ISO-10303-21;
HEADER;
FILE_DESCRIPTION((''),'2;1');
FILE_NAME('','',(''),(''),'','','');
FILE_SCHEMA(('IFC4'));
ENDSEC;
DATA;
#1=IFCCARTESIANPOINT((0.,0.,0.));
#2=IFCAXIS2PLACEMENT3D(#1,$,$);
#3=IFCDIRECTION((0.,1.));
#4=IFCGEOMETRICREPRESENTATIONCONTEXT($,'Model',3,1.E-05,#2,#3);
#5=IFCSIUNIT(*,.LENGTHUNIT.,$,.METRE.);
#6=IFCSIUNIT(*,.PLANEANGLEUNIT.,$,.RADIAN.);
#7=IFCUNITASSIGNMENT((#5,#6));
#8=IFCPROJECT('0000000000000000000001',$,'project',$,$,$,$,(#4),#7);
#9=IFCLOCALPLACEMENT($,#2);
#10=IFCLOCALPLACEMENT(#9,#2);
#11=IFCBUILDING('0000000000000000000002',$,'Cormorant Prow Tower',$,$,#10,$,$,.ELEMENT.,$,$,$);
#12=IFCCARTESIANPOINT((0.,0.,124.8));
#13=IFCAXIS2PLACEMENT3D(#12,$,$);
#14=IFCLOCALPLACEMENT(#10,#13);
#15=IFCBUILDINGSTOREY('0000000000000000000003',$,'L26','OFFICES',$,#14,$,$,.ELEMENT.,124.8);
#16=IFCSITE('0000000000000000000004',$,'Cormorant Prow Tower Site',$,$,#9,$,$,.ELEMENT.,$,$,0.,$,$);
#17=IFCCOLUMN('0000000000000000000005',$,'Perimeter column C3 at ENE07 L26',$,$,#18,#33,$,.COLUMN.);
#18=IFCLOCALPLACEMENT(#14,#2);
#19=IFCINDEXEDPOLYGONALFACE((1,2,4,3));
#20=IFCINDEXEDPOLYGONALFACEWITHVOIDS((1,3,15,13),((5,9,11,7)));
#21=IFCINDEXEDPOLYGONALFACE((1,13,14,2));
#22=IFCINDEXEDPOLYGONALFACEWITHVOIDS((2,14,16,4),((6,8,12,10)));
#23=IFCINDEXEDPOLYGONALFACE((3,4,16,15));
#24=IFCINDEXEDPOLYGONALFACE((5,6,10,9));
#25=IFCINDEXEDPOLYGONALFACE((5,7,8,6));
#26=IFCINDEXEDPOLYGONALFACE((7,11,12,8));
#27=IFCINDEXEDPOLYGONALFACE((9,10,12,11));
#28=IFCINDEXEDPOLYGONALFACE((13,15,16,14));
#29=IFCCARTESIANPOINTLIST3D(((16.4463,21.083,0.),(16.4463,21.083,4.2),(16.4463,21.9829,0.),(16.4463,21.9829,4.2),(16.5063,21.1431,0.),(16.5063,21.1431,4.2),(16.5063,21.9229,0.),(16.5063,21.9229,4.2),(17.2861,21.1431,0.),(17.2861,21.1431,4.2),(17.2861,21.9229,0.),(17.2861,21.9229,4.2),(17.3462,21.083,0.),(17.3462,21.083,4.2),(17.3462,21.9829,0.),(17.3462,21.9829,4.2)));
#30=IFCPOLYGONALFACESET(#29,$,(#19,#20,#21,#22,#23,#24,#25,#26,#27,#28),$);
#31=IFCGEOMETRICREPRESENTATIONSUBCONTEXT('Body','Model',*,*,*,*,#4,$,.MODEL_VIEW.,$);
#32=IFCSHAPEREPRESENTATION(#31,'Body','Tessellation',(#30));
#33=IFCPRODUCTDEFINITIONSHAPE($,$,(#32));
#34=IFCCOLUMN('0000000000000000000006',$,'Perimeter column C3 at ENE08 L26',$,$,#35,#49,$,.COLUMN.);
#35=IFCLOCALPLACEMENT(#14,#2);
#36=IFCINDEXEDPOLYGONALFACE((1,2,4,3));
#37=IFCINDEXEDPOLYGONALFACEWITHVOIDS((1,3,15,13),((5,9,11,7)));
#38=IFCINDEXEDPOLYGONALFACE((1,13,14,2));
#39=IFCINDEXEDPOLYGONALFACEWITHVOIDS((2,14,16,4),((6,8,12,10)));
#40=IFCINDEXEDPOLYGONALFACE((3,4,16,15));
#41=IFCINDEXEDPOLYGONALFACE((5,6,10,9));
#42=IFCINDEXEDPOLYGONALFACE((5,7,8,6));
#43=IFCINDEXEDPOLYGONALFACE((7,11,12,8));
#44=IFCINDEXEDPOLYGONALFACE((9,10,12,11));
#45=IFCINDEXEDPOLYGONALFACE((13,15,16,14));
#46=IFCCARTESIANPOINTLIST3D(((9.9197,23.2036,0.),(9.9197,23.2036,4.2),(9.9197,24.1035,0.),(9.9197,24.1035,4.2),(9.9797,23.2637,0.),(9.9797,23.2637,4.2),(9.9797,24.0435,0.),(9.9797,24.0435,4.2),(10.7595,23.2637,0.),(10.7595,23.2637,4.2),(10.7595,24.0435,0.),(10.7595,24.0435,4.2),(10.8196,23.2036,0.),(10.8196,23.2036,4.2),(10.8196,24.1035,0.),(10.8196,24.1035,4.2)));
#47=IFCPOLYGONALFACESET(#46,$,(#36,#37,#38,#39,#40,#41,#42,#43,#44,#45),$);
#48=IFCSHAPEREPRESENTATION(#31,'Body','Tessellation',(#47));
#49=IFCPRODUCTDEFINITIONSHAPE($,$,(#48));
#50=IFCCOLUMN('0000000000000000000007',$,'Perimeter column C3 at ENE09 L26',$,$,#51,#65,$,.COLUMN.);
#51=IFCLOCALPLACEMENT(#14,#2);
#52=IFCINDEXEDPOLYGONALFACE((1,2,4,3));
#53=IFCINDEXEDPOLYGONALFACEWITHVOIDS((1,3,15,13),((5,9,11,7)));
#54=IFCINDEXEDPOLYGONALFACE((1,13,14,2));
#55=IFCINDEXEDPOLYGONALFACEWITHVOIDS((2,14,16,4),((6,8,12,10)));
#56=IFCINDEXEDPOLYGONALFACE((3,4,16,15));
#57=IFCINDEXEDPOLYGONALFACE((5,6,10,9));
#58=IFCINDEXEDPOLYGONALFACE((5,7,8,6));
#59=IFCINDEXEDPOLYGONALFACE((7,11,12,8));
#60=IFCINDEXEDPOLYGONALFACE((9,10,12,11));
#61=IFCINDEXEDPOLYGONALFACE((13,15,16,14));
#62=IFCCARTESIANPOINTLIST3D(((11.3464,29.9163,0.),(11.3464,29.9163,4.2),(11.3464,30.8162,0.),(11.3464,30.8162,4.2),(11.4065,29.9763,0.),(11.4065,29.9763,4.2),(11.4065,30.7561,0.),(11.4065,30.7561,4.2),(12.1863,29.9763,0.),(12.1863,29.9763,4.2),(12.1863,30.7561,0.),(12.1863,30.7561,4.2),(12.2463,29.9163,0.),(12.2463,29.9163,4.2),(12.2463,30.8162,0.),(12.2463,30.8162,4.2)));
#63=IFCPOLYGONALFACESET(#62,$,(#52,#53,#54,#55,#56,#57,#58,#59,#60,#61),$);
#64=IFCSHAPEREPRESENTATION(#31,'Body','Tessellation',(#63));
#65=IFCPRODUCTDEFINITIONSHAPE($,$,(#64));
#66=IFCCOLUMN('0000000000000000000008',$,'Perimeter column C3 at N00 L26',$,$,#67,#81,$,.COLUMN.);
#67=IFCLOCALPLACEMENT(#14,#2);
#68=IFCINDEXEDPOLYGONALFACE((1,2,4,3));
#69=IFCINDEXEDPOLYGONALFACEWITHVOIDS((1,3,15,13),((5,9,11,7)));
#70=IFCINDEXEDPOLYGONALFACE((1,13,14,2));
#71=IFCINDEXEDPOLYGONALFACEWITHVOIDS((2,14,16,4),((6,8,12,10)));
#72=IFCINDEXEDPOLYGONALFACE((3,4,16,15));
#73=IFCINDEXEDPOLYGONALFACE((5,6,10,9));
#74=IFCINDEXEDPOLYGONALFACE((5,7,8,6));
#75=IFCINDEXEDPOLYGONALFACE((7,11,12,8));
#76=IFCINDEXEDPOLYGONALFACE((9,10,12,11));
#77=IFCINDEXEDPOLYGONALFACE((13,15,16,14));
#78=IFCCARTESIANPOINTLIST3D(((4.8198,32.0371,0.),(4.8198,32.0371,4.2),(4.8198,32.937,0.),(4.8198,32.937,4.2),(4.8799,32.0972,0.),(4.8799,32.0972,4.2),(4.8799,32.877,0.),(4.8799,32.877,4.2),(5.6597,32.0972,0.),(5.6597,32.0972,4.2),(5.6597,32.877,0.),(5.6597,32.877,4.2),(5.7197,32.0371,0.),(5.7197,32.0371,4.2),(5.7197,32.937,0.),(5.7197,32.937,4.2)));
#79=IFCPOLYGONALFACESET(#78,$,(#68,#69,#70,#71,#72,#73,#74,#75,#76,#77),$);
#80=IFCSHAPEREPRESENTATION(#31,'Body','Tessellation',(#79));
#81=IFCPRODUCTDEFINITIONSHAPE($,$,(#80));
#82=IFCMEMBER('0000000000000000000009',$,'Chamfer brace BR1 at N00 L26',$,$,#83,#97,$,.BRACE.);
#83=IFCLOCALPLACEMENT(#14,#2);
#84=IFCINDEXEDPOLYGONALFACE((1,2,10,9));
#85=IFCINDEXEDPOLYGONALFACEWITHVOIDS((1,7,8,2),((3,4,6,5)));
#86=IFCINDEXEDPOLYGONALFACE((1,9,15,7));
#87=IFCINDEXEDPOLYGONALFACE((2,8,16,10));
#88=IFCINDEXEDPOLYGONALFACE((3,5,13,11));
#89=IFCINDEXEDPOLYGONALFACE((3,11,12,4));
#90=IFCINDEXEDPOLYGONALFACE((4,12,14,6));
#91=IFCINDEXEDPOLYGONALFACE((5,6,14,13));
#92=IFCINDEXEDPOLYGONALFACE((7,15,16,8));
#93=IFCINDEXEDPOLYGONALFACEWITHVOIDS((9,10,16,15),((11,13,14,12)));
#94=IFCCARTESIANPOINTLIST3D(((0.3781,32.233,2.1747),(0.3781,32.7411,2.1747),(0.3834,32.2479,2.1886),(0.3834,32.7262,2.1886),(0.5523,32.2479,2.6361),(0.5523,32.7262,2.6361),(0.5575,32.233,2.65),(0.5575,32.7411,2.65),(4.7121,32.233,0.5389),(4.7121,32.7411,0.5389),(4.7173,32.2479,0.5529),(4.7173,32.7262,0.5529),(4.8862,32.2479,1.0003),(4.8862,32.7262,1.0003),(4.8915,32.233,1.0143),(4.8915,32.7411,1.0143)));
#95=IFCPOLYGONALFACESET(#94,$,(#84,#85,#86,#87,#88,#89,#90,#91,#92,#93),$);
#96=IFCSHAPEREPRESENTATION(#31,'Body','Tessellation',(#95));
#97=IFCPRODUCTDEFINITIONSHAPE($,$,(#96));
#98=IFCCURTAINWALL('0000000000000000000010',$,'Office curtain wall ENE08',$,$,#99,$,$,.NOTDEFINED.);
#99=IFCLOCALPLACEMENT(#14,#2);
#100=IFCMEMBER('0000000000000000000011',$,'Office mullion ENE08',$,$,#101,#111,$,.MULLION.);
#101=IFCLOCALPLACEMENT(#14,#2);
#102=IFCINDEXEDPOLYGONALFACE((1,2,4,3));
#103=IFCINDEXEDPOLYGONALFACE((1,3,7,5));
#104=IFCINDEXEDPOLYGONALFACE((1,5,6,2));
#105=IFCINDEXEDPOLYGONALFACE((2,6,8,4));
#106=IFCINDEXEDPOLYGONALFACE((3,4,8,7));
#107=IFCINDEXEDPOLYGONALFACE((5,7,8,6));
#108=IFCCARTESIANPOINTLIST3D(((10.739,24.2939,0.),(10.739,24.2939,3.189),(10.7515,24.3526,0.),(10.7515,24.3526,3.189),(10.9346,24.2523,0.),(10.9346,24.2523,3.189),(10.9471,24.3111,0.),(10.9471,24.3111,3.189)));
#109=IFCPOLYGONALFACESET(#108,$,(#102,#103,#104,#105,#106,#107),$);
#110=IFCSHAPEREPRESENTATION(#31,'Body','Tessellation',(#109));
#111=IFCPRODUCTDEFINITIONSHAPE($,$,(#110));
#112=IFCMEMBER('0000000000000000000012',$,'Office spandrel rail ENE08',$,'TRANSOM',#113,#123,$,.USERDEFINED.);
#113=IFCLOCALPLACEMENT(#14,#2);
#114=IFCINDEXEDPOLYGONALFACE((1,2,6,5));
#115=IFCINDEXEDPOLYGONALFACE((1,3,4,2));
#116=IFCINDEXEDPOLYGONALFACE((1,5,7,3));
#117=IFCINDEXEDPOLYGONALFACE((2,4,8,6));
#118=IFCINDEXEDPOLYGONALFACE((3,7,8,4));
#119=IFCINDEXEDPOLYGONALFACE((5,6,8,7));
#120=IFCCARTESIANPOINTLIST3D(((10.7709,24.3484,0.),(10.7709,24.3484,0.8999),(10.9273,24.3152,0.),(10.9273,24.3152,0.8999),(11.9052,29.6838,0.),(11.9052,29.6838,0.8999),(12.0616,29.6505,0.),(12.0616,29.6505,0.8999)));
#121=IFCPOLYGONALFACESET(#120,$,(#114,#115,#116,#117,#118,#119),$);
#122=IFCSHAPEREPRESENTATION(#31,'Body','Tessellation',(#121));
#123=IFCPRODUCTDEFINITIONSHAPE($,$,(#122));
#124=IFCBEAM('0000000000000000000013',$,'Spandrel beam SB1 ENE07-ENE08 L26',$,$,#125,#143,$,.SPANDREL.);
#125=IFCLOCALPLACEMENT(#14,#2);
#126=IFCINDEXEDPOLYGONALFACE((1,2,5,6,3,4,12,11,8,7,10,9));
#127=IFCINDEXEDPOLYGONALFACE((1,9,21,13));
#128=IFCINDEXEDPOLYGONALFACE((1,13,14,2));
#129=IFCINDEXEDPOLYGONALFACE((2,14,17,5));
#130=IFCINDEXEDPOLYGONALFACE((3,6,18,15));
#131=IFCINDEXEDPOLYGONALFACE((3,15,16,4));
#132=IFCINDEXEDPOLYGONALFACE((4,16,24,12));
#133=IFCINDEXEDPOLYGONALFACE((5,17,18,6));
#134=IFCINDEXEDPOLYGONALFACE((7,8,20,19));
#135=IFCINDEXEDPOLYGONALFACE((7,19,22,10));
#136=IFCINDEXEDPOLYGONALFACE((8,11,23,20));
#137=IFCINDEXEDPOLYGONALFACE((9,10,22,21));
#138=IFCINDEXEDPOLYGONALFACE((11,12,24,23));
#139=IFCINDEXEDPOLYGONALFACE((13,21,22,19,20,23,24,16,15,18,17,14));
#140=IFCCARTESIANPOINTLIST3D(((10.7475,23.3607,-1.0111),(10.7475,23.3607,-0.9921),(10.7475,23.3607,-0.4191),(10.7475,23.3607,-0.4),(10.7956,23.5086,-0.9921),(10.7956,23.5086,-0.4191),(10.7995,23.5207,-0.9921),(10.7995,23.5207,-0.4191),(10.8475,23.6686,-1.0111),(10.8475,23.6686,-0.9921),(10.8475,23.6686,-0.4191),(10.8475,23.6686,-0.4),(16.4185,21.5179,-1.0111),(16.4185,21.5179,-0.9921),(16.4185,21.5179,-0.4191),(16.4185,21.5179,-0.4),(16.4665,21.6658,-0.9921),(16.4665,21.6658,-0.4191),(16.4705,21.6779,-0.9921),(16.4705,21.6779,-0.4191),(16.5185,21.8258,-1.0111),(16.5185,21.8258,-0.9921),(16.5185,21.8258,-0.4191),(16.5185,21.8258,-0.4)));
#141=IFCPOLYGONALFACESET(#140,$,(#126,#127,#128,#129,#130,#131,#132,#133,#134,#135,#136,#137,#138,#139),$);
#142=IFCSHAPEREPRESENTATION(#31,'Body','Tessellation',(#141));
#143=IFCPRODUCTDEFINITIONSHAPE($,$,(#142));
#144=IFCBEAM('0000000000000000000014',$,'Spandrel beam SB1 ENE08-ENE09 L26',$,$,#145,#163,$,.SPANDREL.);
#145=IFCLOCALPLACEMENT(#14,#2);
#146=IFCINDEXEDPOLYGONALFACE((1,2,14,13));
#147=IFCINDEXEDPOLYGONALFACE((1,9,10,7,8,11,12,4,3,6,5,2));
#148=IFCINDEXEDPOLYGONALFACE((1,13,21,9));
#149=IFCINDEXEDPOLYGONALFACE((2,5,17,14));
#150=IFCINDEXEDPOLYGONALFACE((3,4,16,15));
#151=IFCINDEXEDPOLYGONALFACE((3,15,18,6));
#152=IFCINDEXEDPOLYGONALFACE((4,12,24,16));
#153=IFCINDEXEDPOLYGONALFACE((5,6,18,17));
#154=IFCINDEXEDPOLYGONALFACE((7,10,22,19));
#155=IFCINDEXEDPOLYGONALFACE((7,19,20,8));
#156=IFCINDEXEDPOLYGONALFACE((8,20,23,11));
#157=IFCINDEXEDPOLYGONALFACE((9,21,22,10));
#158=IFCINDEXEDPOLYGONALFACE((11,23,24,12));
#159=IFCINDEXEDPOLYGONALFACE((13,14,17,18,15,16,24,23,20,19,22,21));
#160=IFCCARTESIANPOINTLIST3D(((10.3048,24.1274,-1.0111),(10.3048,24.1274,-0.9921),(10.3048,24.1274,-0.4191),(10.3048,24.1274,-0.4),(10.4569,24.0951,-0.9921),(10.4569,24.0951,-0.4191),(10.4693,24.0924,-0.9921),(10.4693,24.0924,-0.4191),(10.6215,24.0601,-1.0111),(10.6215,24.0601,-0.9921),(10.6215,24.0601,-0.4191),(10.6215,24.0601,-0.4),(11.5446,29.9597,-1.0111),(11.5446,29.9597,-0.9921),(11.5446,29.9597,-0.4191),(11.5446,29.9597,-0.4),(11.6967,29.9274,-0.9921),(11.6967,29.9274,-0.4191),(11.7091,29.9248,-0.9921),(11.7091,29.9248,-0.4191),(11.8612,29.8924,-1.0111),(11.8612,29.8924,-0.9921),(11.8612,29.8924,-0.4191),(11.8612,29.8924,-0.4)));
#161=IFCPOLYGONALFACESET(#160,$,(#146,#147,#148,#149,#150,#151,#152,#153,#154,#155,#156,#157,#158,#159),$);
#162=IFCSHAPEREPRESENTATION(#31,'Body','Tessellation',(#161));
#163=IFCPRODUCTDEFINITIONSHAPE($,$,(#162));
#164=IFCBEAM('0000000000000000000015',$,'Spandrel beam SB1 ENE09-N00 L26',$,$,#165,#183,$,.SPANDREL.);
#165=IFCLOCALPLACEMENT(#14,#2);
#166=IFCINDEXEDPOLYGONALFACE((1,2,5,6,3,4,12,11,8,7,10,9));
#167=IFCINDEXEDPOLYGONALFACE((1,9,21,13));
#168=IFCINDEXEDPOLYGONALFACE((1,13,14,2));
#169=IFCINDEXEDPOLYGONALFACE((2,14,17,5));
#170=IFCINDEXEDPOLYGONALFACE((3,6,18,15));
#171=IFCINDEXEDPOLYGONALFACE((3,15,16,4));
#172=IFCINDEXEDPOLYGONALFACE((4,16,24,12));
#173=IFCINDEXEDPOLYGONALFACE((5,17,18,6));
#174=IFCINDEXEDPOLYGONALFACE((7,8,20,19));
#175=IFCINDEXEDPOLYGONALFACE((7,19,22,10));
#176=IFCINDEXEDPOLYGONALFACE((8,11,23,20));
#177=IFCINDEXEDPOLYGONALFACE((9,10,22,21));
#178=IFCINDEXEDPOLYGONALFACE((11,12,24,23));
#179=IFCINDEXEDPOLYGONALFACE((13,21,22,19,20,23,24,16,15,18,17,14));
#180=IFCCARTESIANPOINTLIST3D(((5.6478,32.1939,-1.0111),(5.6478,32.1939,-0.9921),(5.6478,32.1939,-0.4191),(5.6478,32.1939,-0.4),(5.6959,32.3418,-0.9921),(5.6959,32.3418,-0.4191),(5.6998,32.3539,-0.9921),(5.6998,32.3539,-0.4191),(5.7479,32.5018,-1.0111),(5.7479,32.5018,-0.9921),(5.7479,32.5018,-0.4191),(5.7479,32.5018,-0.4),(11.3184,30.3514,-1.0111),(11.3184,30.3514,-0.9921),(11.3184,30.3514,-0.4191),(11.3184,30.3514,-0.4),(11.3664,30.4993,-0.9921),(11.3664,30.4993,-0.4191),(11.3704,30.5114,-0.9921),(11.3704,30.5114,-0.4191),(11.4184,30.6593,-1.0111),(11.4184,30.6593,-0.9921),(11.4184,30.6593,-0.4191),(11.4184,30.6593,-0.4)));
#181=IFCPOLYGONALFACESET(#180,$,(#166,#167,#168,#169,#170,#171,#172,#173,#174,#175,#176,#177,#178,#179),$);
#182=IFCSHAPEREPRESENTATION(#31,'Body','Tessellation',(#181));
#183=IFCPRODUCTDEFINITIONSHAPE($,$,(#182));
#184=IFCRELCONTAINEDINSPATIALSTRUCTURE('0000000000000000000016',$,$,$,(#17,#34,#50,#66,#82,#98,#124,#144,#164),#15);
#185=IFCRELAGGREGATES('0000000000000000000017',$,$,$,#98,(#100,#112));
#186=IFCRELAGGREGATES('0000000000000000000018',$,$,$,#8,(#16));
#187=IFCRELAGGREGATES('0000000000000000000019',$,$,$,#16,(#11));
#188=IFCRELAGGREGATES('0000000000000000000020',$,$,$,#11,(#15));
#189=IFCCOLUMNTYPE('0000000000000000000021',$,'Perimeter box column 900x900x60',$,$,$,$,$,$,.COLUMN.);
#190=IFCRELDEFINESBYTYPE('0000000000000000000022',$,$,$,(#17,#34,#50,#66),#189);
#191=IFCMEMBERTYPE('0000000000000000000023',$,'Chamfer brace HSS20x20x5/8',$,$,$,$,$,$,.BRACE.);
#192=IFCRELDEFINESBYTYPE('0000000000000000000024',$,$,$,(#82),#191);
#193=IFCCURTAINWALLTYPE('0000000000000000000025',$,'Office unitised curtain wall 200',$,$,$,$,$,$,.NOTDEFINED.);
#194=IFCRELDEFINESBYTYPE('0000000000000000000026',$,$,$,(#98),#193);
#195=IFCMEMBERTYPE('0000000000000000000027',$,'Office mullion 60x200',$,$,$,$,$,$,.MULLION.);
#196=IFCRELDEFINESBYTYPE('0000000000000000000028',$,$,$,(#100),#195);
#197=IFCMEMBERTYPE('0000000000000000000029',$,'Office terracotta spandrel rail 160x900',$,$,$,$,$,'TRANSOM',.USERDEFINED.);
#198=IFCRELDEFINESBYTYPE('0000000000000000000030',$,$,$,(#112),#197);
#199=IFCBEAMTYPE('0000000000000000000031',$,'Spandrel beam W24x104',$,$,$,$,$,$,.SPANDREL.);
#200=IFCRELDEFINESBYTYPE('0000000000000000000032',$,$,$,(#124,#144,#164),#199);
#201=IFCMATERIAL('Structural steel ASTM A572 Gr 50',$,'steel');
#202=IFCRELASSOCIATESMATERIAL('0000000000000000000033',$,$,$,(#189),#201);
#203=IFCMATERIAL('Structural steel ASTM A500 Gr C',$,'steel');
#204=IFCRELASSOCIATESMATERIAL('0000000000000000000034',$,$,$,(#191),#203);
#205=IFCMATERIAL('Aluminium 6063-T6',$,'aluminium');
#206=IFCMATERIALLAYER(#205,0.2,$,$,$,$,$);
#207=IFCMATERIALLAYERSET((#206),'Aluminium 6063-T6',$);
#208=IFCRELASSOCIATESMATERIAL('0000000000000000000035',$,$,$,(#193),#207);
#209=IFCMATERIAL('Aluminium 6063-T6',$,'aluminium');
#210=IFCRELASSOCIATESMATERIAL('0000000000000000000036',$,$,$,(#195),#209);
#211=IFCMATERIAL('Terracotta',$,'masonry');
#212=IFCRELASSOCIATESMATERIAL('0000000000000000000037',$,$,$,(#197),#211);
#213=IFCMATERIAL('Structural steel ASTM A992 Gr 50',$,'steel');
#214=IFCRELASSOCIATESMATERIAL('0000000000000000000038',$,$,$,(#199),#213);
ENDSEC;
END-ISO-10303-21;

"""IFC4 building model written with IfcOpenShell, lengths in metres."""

from ifc_helpers import new_model, si_unit, direction, frame, origin, origin_2d, place, context, subcontext, project, spatial, rectangle, hollow_rectangle, i_section, extrude, material, layer, layer_set, material_profile, profile_set, type_object, element, aggregate, save


model = new_model("IFC4")

# Units and contexts
model_context = context("Model", 3, precision=1e-05, world=origin(), true_north=direction((0.0, 1.0)))
body_context = subcontext(model_context, "Body", "Model", "MODEL_VIEW")
ifc_project = project(units=[si_unit("LENGTHUNIT", "METRE"), si_unit("PLANEANGLEUNIT", "RADIAN")], contexts=[model_context])

# Site, building, storey
site_placement = place(None, origin())
site = spatial("IfcSite", under=ifc_project, at=site_placement, Name="Cormorant Prow Tower Site", CompositionType="ELEMENT", RefElevation=0.0)
building_placement = place(site_placement, origin())
building = spatial("IfcBuilding", under=site, at=building_placement, Name="Cormorant Prow Tower", CompositionType="ELEMENT")
storey_placement = place(building_placement, frame((0.0, 0.0, 124.8)))
storey = spatial("IfcBuildingStorey", under=building, at=storey_placement, Name="L26", Description="OFFICES", CompositionType="ELEMENT", Elevation=124.8)

# Columns
ifc_material_1 = material(Name="Structural steel ASTM A572 Gr 50", Category="steel")
ifc_material_profile_1 = material_profile(ifc_material_1, hollow_rectangle(XDim=0.8999, YDim=0.8999, WallThickness=0.0601, at=origin_2d()), Name="Box 900x900x60")
ifc_profile_set_1 = profile_set([ifc_material_profile_1], Name="Structural steel ASTM A572 Gr 50")
column_type = type_object("IfcColumnType", Name="Perimeter box column 900x900x60", PredefinedType="COLUMN", material=ifc_profile_set_1)
for number, where, z_axis, x_axis, name in (
    (1, (16.8962, 21.533, 0.0), (0.0, 0.0, 1.0), (1.0, 0.0, 0.0), "Perimeter column C3 at ENE07 L26"),
    (2, (10.3696, 23.6536, 0.0), (0.0, 0.0, 1.0), (1.0, 0.0, 0.0), "Perimeter column C3 at ENE08 L26"),
    (3, (11.7964, 30.3662, 0.0), (0.0, 0.0, 1.0), (1.0, 0.0, 0.0), "Perimeter column C3 at ENE09 L26"),
    (4, (5.2698, 32.4871, 0.0), (0.0, 0.0, 1.0), (1.0, 0.0, 0.0), "Perimeter column C3 at N00 L26"),
):
    element("IfcColumn", number, at=place(storey_placement, frame(where, z_axis=z_axis, x_axis=x_axis)), inside=storey, type_object=column_type, Name=name, PredefinedType="COLUMN", context=body_context, shape_type="SweptSolid", body=[
        extrude(hollow_rectangle(XDim=0.8999, YDim=0.8999, WallThickness=0.0601, at=origin_2d()), origin(), (0.0, 0.0, 1.0), 4.2),
    ])

# Member
ifc_material_2 = material(Name="Structural steel ASTM A500 Gr C", Category="steel")
ifc_material_profile_2 = material_profile(ifc_material_2, hollow_rectangle(XDim=0.5081, YDim=0.5081, WallThickness=0.0149, at=origin_2d()), Name="HSS20x20x5/8")
ifc_profile_set_2 = profile_set([ifc_material_profile_2], Name="Structural steel ASTM A500 Gr C")
member_type_1 = type_object("IfcMemberType", Name="Chamfer brace HSS20x20x5/8", PredefinedType="BRACE", material=ifc_profile_set_2)
member_1_placement = place(storey_placement, frame((4.8018, 32.4871, 0.7766), z_axis=(-0.935582, 0.0, 0.353109), x_axis=(0.0, -1.0, 0.0)))
element("IfcMember", 5, at=member_1_placement, inside=storey, type_object=member_type_1, Name="Chamfer brace BR1 at N00 L26", PredefinedType="BRACE", context=body_context, shape_type="SweptSolid", body=[
    extrude(hollow_rectangle(XDim=0.5081, YDim=0.5081, WallThickness=0.0149, at=origin_2d()), origin(), (0.0, 0.0, 1.0), 4.6323),
])

# Curtain wall, members
ifc_material_3 = material(Name="Aluminium 6063-T6", Category="aluminium")
ifc_layer_1 = layer(ifc_material_3, 0.2)
ifc_layer_set_1 = layer_set([ifc_layer_1], Name="Aluminium 6063-T6")
curtain_wall_type = type_object("IfcCurtainWallType", Name="Office unitised curtain wall 200", PredefinedType="NOTDEFINED", material=ifc_layer_set_1)
curtain_wall_1_placement = place(storey_placement, origin())
curtain_wall_1 = element("IfcCurtainWall", 6, at=curtain_wall_1_placement, inside=storey, type_object=curtain_wall_type, Name="Office curtain wall ENE08", PredefinedType="NOTDEFINED")
ifc_material_4 = material(Name="Aluminium 6063-T6", Category="aluminium")
ifc_material_profile_3 = material_profile(ifc_material_4, rectangle(XDim=0.2, YDim=0.0601, at=origin_2d()), Name="Office mullion 60x200")
ifc_profile_set_3 = profile_set([ifc_material_profile_3], Name="Aluminium 6063-T6")
member_type_2 = type_object("IfcMemberType", Name="Office mullion 60x200", PredefinedType="MULLION", material=ifc_profile_set_3)
member_2_placement = place(storey_placement, frame((10.843, 24.3025, 0.0), z_axis=(0.0, 0.0, 1.0), x_axis=(-0.978148, 0.207912, 0.0)))
member_2 = element("IfcMember", 7, at=member_2_placement, type_object=member_type_2, Name="Office mullion ENE08", PredefinedType="MULLION", context=body_context, shape_type="SweptSolid", body=[
    extrude(rectangle(XDim=0.2, YDim=0.0601, at=origin_2d()), origin(), (0.0, 0.0, 1.0), 3.189),
])
ifc_material_5 = material(Name="Terracotta", Category="masonry")
ifc_material_profile_4 = material_profile(ifc_material_5, rectangle(XDim=0.1599, YDim=0.8999, at=origin_2d()), Name="Office terracotta spandrel rail 160x900")
ifc_profile_set_4 = profile_set([ifc_material_profile_4], Name="Terracotta")
member_type_3 = type_object("IfcMemberType", Name="Office terracotta spandrel rail 160x900", ElementType="TRANSOM", PredefinedType="USERDEFINED", material=ifc_profile_set_4)
member_3_placement = place(storey_placement, frame((10.8491, 24.3318, 0.45), z_axis=(0.207945, 0.97814, 0.0), x_axis=(-0.97814, 0.207945, 0.0)))
member_3 = element("IfcMember", 8, at=member_3_placement, type_object=member_type_3, Name="Office spandrel rail ENE08", ObjectType="TRANSOM", PredefinedType="USERDEFINED", context=body_context, shape_type="SweptSolid", body=[
    extrude(rectangle(XDim=0.1599, YDim=0.8999, at=origin_2d()), origin(), (0.0, 0.0, 1.0), 5.4546),
])

# Beams
ifc_material_6 = material(Name="Structural steel ASTM A992 Gr 50", Category="steel")
ifc_material_profile_5 = material_profile(ifc_material_6, i_section(OverallWidth=0.3237, OverallDepth=0.6111, WebThickness=0.0127, FlangeThickness=0.019, at=origin_2d()), Name="W24x104")
ifc_profile_set_5 = profile_set([ifc_material_profile_5], Name="Structural steel ASTM A992 Gr 50")
beam_type = type_object("IfcBeamType", Name="Spandrel beam W24x104", PredefinedType="SPANDREL", material=ifc_profile_set_5)
beam_1_placement = place(storey_placement, frame((16.4685, 21.6719, -0.7056), z_axis=(-0.951047, 0.309045, 0.0), x_axis=(-0.309045, -0.951047, 0.0)))
element("IfcBeam", 9, at=beam_1_placement, inside=storey, type_object=beam_type, Name="Spandrel beam SB1 ENE07-ENE08 L26", PredefinedType="SPANDREL", context=body_context, shape_type="SweptSolid", body=[
    extrude(i_section(OverallWidth=0.3237, OverallDepth=0.6111, WebThickness=0.0127, FlangeThickness=0.019, at=origin_2d()), origin(), (0.0, 0.0, 1.0), 5.9629),
])
beam_2_placement = place(storey_placement, frame((10.4631, 24.0938, -0.7056), z_axis=(0.207921, 0.978146, 0.0), x_axis=(-0.978146, 0.207921, 0.0)))
element("IfcBeam", 10, at=beam_2_placement, inside=storey, type_object=beam_type, Name="Spandrel beam SB1 ENE08-ENE09 L26", PredefinedType="SPANDREL", context=body_context, shape_type="SweptSolid", body=[
    extrude(i_section(OverallWidth=0.3237, OverallDepth=0.6111, WebThickness=0.0127, FlangeThickness=0.019, at=origin_2d()), origin(), (0.0, 0.0, 1.0), 5.9626),
])
beam_3_placement = place(storey_placement, frame((11.3684, 30.5054, -0.7056), z_axis=(-0.951055, 0.30902, 0.0), x_axis=(-0.30902, -0.951055, 0.0)))
element("IfcBeam", 11, at=beam_3_placement, inside=storey, type_object=beam_type, Name="Spandrel beam SB1 ENE09-N00 L26", PredefinedType="SPANDREL", context=body_context, shape_type="SweptSolid", body=[
    extrude(i_section(OverallWidth=0.3237, OverallDepth=0.6111, WebThickness=0.0127, FlangeThickness=0.019, at=origin_2d()), origin(), (0.0, 0.0, 1.0), 5.9624),
])

aggregate(curtain_wall_1, [member_2, member_3])

save(model, "model.ifc")
